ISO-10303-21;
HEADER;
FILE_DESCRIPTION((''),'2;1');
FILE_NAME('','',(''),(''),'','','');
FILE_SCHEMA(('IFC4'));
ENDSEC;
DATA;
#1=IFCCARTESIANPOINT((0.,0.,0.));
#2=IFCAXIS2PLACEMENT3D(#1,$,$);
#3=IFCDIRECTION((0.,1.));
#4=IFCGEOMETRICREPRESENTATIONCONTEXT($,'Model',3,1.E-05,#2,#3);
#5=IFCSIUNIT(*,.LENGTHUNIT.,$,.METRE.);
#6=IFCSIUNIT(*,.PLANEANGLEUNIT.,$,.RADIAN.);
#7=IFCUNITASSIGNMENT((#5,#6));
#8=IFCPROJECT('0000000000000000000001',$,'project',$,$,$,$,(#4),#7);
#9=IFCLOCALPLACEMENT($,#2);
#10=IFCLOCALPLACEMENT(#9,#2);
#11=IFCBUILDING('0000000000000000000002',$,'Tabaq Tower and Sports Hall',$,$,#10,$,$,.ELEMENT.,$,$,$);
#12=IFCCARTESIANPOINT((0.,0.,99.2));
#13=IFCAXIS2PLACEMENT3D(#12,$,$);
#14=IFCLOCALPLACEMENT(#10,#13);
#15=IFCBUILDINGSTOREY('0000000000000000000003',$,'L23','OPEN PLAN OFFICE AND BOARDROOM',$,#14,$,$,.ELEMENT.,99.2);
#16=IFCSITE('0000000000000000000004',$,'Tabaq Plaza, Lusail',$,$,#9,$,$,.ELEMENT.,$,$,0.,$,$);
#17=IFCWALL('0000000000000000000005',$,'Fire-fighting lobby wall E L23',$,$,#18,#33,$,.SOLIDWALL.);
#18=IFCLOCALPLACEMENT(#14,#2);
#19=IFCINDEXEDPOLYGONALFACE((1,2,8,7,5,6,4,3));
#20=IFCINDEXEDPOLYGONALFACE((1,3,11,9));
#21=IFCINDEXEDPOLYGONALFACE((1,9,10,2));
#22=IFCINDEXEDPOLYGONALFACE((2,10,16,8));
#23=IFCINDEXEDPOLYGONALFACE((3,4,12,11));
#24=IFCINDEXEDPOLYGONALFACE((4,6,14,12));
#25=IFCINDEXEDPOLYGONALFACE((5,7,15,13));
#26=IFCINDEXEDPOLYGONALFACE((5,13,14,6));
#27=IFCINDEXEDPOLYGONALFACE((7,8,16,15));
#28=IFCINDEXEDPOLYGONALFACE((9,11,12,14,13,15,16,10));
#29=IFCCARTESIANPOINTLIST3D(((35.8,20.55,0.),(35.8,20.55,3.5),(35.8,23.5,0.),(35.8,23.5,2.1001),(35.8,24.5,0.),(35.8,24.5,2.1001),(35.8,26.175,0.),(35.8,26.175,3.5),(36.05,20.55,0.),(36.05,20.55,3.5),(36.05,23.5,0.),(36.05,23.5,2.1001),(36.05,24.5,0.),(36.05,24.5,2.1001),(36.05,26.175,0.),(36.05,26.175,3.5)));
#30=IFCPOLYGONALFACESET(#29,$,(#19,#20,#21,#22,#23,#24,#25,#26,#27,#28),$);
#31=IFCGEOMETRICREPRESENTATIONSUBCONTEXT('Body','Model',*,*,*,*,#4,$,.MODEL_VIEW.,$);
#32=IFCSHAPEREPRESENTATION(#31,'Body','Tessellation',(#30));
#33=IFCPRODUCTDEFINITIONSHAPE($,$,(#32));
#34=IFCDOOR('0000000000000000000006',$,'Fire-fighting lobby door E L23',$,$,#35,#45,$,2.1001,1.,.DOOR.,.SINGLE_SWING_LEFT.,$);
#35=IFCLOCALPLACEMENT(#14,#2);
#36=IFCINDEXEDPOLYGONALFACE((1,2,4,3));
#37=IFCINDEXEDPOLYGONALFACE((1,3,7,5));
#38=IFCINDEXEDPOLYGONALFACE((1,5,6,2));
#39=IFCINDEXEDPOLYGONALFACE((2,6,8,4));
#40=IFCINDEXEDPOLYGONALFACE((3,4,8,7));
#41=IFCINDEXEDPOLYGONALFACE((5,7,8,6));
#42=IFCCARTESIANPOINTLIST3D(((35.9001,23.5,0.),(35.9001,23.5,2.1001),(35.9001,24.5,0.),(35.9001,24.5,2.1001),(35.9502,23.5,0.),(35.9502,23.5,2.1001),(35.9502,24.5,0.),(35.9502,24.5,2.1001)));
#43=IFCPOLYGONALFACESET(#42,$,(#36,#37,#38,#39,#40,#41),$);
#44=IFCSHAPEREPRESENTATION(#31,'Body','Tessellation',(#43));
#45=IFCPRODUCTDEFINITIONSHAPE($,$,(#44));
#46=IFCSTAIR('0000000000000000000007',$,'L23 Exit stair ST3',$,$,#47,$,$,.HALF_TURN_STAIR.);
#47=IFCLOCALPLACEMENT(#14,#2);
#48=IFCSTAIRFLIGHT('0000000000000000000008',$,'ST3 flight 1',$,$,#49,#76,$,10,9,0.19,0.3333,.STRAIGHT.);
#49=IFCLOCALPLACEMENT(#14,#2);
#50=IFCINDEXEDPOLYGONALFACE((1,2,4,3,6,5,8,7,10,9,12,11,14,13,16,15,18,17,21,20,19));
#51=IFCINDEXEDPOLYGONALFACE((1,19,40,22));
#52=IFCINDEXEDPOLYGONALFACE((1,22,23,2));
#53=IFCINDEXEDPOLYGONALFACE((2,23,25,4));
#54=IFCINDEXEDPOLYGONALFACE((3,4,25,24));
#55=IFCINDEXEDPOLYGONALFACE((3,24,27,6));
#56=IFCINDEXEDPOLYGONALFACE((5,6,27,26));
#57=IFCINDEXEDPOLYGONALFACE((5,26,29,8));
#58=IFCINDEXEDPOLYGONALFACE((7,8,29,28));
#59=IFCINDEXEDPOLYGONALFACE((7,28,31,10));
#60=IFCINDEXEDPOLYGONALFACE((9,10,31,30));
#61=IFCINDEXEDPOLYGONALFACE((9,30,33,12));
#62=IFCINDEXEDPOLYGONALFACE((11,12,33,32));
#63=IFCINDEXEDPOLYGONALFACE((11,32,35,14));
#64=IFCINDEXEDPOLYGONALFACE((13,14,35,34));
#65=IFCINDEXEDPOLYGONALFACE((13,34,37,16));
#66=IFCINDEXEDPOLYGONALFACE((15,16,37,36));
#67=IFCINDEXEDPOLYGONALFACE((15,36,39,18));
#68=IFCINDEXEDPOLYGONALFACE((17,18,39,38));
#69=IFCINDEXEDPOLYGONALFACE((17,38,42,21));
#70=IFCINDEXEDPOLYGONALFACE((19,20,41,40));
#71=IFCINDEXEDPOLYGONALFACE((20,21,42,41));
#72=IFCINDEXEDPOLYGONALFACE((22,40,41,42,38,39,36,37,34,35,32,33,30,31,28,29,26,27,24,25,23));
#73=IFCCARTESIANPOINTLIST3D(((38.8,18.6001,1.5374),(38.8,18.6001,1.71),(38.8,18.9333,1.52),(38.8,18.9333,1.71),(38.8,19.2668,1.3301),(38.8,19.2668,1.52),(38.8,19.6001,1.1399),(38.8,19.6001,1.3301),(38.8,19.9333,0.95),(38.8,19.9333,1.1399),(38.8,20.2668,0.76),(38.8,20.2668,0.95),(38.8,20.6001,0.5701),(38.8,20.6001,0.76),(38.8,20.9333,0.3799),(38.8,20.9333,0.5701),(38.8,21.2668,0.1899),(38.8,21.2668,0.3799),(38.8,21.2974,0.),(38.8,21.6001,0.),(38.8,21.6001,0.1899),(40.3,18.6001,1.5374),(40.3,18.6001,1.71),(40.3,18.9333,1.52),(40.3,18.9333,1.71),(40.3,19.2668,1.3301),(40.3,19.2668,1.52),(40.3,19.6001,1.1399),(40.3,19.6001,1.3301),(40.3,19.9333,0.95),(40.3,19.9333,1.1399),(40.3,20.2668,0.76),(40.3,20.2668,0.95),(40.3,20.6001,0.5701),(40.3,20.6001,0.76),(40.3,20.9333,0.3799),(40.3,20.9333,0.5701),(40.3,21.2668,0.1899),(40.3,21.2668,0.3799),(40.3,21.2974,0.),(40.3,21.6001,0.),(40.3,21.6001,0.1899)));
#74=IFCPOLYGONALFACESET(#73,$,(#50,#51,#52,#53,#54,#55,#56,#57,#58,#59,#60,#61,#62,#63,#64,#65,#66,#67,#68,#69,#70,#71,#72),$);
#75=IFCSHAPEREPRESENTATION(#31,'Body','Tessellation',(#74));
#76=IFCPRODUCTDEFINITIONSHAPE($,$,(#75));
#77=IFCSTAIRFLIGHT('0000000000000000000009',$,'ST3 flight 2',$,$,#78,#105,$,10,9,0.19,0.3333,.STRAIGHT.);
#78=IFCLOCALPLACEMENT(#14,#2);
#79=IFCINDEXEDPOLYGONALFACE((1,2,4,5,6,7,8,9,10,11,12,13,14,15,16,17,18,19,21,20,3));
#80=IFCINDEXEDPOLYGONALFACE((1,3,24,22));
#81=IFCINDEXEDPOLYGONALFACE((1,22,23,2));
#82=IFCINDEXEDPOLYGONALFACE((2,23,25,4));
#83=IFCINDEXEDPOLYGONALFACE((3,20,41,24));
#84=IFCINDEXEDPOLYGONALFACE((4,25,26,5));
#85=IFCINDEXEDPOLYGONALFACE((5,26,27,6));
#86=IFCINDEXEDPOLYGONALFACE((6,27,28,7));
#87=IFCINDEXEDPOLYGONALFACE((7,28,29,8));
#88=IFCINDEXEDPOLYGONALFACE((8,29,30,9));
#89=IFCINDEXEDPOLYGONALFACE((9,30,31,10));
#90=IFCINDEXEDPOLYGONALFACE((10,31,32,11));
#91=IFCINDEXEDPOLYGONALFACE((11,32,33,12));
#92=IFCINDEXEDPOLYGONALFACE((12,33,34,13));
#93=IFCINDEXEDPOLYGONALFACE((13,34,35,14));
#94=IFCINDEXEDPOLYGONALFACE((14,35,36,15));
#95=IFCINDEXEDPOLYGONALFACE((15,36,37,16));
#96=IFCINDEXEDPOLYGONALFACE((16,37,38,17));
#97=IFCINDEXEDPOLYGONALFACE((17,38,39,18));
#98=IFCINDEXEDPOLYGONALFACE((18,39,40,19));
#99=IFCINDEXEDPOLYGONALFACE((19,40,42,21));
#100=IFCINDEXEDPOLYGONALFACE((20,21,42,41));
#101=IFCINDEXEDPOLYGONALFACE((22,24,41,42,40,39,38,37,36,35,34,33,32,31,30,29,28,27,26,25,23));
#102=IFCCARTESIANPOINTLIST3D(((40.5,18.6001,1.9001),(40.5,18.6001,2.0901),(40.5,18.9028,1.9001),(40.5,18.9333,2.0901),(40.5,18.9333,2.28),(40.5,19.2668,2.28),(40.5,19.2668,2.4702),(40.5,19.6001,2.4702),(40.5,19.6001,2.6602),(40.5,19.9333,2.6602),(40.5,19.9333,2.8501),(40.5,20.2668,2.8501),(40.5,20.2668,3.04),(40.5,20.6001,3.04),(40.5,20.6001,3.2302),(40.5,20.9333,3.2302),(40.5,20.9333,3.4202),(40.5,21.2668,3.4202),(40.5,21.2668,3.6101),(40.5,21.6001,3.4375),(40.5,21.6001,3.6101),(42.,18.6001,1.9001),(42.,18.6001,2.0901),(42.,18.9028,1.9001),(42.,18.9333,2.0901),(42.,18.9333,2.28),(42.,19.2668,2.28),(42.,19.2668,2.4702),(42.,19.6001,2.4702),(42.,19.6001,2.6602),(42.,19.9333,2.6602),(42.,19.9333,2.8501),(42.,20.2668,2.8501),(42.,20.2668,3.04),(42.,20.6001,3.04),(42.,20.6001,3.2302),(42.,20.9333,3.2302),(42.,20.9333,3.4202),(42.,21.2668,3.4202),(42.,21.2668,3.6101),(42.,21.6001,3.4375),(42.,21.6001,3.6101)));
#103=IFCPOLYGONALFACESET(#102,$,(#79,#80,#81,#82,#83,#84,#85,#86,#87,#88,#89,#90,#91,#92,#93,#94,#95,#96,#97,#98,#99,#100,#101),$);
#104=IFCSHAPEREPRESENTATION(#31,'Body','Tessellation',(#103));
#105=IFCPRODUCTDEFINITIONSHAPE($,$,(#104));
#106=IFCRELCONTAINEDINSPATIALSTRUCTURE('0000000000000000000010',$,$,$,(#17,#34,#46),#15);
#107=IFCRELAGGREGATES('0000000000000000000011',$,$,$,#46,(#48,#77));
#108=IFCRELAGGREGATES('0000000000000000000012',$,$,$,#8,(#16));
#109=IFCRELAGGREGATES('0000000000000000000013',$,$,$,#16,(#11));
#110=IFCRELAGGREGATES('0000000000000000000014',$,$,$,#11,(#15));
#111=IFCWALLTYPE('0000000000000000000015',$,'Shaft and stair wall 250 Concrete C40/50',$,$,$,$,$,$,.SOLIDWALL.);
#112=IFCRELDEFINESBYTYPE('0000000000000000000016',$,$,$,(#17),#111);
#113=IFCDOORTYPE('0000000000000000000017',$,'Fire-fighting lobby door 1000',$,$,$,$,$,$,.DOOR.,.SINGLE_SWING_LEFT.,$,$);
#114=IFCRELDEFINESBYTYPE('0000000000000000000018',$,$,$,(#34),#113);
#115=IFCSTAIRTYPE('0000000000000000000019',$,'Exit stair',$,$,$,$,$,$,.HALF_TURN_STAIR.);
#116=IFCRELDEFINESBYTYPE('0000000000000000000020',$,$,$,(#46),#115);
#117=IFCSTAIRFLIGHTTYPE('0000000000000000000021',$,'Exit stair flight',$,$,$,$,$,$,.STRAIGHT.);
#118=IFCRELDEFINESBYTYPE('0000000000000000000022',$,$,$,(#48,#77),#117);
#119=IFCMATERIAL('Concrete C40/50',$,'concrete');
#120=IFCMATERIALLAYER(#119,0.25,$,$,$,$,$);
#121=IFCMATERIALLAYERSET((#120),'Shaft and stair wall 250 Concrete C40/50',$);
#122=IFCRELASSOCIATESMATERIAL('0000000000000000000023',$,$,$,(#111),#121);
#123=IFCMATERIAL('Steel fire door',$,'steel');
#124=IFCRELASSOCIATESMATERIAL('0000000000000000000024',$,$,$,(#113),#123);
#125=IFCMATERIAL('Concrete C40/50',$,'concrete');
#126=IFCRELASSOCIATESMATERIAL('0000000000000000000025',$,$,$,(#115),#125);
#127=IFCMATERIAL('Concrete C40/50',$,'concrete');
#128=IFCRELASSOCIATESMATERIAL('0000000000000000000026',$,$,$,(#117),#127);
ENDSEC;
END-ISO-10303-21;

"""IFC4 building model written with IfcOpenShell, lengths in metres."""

from ifc_helpers import new_model, si_unit, direction, frame, frame_2d, origin, place, context, subcontext, project, spatial, polyline, rectangle, outline, extrude, material, layer, layer_set, type_object, element, fill, aggregate, save


model = new_model("IFC4")

# Units and contexts
model_context = context("Model", 3, precision=1e-05, world=origin(), true_north=direction((0.0, 1.0)))
body_context = subcontext(model_context, "Body", "Model", "MODEL_VIEW")
ifc_project = project(units=[si_unit("LENGTHUNIT", "METRE"), si_unit("PLANEANGLEUNIT", "RADIAN")], contexts=[model_context])

# Site, building, storey
site_placement = place(None, origin())
site = spatial("IfcSite", under=ifc_project, at=site_placement, Name="Tabaq Plaza, Lusail", CompositionType="ELEMENT", RefElevation=0.0)
building_placement = place(site_placement, origin())
building = spatial("IfcBuilding", under=site, at=building_placement, Name="Tabaq Tower and Sports Hall", CompositionType="ELEMENT")
storey_placement = place(building_placement, frame((0.0, 0.0, 99.2)))
storey = spatial("IfcBuildingStorey", under=building, at=storey_placement, Name="L23", Description="OPEN PLAN OFFICE AND BOARDROOM", CompositionType="ELEMENT", Elevation=99.2)

# Shared definitions
ifc_material_1 = material(Name="Concrete C40/50", Category="concrete")
ifc_layer_1 = layer(ifc_material_1, 0.25)
ifc_layer_set_1 = layer_set([ifc_layer_1], Name="Shaft and stair wall 250 Concrete C40/50")
wall_type_1 = type_object("IfcWallType", Name="Shaft and stair wall 250 Concrete C40/50", PredefinedType="SOLIDWALL", material=ifc_layer_set_1)

# Wall, opening, door
wall_1_placement = place(storey_placement, frame((35.925, 20.55, 0.0), z_axis=(0.0, 0.0, 1.0), x_axis=(0.0, 1.0, 0.0)))
wall_1 = element("IfcWall", 1, at=wall_1_placement, inside=storey, type_object=wall_type_1, Name="Fire-fighting lobby wall E L23", PredefinedType="SOLIDWALL", context=body_context, shape_type="SweptSolid", body=[
    extrude(rectangle(XDim=5.625, YDim=0.25, at=frame_2d((2.8125, 0.0))), origin(), (0.0, 0.0, 1.0), 3.5),
])
opening_1_placement = place(wall_1_placement, frame((2.95, 0.0, 0.0)))
opening_1 = element("IfcOpeningElement", 2, at=opening_1_placement, cuts=wall_1, PredefinedType="OPENING", context=body_context, shape_type="SweptSolid", body=[
    extrude(rectangle(XDim=1.0, YDim=2.1001, at=frame_2d((0.5, 1.05))), frame((0.0, 0.125, 0.0), z_axis=(0.0, -1.0, 0.0), x_axis=(1.0, 0.0, 0.0)), (0.0, 0.0, 1.0), 0.25),
])
ifc_material_2 = material(Name="Steel fire door", Category="steel")
door_type_1 = type_object("IfcDoorType", Name="Fire-fighting lobby door 1000", OperationType="SINGLE_SWING_LEFT", PredefinedType="DOOR", material=ifc_material_2)
door_1_placement = place(opening_1_placement, origin())
door_1 = element("IfcDoor", 3, at=door_1_placement, inside=storey, type_object=door_type_1, Name="Fire-fighting lobby door E L23", OperationType="SINGLE_SWING_LEFT", OverallHeight=2.1001, OverallWidth=1.0, PredefinedType="DOOR", context=body_context, shape_type="SweptSolid", body=[
    extrude(rectangle(XDim=1.0, YDim=2.1001, at=frame_2d((0.5, 1.05))), frame((0.0, 0.0249, 0.0), z_axis=(0.0, -1.0, 0.0), x_axis=(1.0, 0.0, 0.0)), (0.0, 0.0, 1.0), 0.05),
])
fill(opening_1, door_1)

# Stair, stair flights
ifc_material_3 = material(Name="Concrete C40/50", Category="concrete")
stair_type = type_object("IfcStairType", Name="Exit stair", PredefinedType="HALF_TURN_STAIR", material=ifc_material_3)
stair_placement = place(storey_placement, origin())
stair = element("IfcStair", 4, at=stair_placement, inside=storey, type_object=stair_type, Name="L23 Exit stair ST3", PredefinedType="HALF_TURN_STAIR")
ifc_material_4 = material(Name="Concrete C40/50", Category="concrete")
stair_flight_type = type_object("IfcStairFlightType", Name="Exit stair flight", PredefinedType="STRAIGHT", material=ifc_material_4)
stair_flight_1_placement = place(storey_placement, frame((39.55, 21.6001, 0.0), z_axis=(0.0, 0.0, 1.0), x_axis=(0.0, -1.0, 0.0)))
stair_flight_1 = element("IfcStairFlight", 5, at=stair_flight_1_placement, type_object=stair_flight_type, Name="ST3 flight 1", NumberOfRisers=10, NumberOfTreads=9, PredefinedType="STRAIGHT", RiserHeight=0.19, TreadLength=0.3333, context=body_context, shape_type="SweptSolid", body=[
    extrude(outline(polyline([(0.0, 0.0), (0.0, 0.1899), (0.3333, 0.1899), (0.3333, 0.3799), (0.6667, 0.3799), (0.6667, 0.5701), (1.0, 0.5701), (1.0, 0.76), (1.3333, 0.76), (1.3333, 0.95), (1.6667, 0.95), (1.6667, 1.1399), (2.0, 1.1399), (2.0, 1.3301), (2.3333, 1.3301), (2.3333, 1.52), (2.6667, 1.52), (2.6667, 1.71), (3.0, 1.71), (3.0, 1.8999), (3.0, 1.5374), (0.3027, 0.0), (0.0, 0.0)])), frame((0.0, 0.75, 0.0), z_axis=(0.0, -1.0, 0.0), x_axis=(1.0, 0.0, 0.0)), (0.0, 0.0, 1.0), 1.5),
])
stair_flight_2_placement = place(storey_placement, frame((41.25, 18.6001, 1.9001), z_axis=(0.0, 0.0, 1.0), x_axis=(0.0, 1.0, 0.0)))
stair_flight_2 = element("IfcStairFlight", 6, at=stair_flight_2_placement, type_object=stair_flight_type, Name="ST3 flight 2", NumberOfRisers=10, NumberOfTreads=9, PredefinedType="STRAIGHT", RiserHeight=0.19, TreadLength=0.3333, context=body_context, shape_type="SweptSolid", body=[
    extrude(outline(polyline([(0.0, 0.0), (0.0, 0.1899), (0.3333, 0.1899), (0.3333, 0.3799), (0.6667, 0.3799), (0.6667, 0.5701), (1.0, 0.5701), (1.0, 0.76), (1.3333, 0.76), (1.3333, 0.95), (1.6667, 0.95), (1.6667, 1.1399), (2.0, 1.1399), (2.0, 1.3301), (2.3333, 1.3301), (2.3333, 1.52), (2.6667, 1.52), (2.6667, 1.71), (3.0, 1.71), (3.0, 1.8999), (3.0, 1.5374), (0.3027, 0.0), (0.0, 0.0)])), frame((0.0, 0.75, 0.0), z_axis=(0.0, -1.0, 0.0), x_axis=(1.0, 0.0, 0.0)), (0.0, 0.0, 1.0), 1.5),
])
aggregate(stair, [stair_flight_1, stair_flight_2])

save(model, "model.ifc")
